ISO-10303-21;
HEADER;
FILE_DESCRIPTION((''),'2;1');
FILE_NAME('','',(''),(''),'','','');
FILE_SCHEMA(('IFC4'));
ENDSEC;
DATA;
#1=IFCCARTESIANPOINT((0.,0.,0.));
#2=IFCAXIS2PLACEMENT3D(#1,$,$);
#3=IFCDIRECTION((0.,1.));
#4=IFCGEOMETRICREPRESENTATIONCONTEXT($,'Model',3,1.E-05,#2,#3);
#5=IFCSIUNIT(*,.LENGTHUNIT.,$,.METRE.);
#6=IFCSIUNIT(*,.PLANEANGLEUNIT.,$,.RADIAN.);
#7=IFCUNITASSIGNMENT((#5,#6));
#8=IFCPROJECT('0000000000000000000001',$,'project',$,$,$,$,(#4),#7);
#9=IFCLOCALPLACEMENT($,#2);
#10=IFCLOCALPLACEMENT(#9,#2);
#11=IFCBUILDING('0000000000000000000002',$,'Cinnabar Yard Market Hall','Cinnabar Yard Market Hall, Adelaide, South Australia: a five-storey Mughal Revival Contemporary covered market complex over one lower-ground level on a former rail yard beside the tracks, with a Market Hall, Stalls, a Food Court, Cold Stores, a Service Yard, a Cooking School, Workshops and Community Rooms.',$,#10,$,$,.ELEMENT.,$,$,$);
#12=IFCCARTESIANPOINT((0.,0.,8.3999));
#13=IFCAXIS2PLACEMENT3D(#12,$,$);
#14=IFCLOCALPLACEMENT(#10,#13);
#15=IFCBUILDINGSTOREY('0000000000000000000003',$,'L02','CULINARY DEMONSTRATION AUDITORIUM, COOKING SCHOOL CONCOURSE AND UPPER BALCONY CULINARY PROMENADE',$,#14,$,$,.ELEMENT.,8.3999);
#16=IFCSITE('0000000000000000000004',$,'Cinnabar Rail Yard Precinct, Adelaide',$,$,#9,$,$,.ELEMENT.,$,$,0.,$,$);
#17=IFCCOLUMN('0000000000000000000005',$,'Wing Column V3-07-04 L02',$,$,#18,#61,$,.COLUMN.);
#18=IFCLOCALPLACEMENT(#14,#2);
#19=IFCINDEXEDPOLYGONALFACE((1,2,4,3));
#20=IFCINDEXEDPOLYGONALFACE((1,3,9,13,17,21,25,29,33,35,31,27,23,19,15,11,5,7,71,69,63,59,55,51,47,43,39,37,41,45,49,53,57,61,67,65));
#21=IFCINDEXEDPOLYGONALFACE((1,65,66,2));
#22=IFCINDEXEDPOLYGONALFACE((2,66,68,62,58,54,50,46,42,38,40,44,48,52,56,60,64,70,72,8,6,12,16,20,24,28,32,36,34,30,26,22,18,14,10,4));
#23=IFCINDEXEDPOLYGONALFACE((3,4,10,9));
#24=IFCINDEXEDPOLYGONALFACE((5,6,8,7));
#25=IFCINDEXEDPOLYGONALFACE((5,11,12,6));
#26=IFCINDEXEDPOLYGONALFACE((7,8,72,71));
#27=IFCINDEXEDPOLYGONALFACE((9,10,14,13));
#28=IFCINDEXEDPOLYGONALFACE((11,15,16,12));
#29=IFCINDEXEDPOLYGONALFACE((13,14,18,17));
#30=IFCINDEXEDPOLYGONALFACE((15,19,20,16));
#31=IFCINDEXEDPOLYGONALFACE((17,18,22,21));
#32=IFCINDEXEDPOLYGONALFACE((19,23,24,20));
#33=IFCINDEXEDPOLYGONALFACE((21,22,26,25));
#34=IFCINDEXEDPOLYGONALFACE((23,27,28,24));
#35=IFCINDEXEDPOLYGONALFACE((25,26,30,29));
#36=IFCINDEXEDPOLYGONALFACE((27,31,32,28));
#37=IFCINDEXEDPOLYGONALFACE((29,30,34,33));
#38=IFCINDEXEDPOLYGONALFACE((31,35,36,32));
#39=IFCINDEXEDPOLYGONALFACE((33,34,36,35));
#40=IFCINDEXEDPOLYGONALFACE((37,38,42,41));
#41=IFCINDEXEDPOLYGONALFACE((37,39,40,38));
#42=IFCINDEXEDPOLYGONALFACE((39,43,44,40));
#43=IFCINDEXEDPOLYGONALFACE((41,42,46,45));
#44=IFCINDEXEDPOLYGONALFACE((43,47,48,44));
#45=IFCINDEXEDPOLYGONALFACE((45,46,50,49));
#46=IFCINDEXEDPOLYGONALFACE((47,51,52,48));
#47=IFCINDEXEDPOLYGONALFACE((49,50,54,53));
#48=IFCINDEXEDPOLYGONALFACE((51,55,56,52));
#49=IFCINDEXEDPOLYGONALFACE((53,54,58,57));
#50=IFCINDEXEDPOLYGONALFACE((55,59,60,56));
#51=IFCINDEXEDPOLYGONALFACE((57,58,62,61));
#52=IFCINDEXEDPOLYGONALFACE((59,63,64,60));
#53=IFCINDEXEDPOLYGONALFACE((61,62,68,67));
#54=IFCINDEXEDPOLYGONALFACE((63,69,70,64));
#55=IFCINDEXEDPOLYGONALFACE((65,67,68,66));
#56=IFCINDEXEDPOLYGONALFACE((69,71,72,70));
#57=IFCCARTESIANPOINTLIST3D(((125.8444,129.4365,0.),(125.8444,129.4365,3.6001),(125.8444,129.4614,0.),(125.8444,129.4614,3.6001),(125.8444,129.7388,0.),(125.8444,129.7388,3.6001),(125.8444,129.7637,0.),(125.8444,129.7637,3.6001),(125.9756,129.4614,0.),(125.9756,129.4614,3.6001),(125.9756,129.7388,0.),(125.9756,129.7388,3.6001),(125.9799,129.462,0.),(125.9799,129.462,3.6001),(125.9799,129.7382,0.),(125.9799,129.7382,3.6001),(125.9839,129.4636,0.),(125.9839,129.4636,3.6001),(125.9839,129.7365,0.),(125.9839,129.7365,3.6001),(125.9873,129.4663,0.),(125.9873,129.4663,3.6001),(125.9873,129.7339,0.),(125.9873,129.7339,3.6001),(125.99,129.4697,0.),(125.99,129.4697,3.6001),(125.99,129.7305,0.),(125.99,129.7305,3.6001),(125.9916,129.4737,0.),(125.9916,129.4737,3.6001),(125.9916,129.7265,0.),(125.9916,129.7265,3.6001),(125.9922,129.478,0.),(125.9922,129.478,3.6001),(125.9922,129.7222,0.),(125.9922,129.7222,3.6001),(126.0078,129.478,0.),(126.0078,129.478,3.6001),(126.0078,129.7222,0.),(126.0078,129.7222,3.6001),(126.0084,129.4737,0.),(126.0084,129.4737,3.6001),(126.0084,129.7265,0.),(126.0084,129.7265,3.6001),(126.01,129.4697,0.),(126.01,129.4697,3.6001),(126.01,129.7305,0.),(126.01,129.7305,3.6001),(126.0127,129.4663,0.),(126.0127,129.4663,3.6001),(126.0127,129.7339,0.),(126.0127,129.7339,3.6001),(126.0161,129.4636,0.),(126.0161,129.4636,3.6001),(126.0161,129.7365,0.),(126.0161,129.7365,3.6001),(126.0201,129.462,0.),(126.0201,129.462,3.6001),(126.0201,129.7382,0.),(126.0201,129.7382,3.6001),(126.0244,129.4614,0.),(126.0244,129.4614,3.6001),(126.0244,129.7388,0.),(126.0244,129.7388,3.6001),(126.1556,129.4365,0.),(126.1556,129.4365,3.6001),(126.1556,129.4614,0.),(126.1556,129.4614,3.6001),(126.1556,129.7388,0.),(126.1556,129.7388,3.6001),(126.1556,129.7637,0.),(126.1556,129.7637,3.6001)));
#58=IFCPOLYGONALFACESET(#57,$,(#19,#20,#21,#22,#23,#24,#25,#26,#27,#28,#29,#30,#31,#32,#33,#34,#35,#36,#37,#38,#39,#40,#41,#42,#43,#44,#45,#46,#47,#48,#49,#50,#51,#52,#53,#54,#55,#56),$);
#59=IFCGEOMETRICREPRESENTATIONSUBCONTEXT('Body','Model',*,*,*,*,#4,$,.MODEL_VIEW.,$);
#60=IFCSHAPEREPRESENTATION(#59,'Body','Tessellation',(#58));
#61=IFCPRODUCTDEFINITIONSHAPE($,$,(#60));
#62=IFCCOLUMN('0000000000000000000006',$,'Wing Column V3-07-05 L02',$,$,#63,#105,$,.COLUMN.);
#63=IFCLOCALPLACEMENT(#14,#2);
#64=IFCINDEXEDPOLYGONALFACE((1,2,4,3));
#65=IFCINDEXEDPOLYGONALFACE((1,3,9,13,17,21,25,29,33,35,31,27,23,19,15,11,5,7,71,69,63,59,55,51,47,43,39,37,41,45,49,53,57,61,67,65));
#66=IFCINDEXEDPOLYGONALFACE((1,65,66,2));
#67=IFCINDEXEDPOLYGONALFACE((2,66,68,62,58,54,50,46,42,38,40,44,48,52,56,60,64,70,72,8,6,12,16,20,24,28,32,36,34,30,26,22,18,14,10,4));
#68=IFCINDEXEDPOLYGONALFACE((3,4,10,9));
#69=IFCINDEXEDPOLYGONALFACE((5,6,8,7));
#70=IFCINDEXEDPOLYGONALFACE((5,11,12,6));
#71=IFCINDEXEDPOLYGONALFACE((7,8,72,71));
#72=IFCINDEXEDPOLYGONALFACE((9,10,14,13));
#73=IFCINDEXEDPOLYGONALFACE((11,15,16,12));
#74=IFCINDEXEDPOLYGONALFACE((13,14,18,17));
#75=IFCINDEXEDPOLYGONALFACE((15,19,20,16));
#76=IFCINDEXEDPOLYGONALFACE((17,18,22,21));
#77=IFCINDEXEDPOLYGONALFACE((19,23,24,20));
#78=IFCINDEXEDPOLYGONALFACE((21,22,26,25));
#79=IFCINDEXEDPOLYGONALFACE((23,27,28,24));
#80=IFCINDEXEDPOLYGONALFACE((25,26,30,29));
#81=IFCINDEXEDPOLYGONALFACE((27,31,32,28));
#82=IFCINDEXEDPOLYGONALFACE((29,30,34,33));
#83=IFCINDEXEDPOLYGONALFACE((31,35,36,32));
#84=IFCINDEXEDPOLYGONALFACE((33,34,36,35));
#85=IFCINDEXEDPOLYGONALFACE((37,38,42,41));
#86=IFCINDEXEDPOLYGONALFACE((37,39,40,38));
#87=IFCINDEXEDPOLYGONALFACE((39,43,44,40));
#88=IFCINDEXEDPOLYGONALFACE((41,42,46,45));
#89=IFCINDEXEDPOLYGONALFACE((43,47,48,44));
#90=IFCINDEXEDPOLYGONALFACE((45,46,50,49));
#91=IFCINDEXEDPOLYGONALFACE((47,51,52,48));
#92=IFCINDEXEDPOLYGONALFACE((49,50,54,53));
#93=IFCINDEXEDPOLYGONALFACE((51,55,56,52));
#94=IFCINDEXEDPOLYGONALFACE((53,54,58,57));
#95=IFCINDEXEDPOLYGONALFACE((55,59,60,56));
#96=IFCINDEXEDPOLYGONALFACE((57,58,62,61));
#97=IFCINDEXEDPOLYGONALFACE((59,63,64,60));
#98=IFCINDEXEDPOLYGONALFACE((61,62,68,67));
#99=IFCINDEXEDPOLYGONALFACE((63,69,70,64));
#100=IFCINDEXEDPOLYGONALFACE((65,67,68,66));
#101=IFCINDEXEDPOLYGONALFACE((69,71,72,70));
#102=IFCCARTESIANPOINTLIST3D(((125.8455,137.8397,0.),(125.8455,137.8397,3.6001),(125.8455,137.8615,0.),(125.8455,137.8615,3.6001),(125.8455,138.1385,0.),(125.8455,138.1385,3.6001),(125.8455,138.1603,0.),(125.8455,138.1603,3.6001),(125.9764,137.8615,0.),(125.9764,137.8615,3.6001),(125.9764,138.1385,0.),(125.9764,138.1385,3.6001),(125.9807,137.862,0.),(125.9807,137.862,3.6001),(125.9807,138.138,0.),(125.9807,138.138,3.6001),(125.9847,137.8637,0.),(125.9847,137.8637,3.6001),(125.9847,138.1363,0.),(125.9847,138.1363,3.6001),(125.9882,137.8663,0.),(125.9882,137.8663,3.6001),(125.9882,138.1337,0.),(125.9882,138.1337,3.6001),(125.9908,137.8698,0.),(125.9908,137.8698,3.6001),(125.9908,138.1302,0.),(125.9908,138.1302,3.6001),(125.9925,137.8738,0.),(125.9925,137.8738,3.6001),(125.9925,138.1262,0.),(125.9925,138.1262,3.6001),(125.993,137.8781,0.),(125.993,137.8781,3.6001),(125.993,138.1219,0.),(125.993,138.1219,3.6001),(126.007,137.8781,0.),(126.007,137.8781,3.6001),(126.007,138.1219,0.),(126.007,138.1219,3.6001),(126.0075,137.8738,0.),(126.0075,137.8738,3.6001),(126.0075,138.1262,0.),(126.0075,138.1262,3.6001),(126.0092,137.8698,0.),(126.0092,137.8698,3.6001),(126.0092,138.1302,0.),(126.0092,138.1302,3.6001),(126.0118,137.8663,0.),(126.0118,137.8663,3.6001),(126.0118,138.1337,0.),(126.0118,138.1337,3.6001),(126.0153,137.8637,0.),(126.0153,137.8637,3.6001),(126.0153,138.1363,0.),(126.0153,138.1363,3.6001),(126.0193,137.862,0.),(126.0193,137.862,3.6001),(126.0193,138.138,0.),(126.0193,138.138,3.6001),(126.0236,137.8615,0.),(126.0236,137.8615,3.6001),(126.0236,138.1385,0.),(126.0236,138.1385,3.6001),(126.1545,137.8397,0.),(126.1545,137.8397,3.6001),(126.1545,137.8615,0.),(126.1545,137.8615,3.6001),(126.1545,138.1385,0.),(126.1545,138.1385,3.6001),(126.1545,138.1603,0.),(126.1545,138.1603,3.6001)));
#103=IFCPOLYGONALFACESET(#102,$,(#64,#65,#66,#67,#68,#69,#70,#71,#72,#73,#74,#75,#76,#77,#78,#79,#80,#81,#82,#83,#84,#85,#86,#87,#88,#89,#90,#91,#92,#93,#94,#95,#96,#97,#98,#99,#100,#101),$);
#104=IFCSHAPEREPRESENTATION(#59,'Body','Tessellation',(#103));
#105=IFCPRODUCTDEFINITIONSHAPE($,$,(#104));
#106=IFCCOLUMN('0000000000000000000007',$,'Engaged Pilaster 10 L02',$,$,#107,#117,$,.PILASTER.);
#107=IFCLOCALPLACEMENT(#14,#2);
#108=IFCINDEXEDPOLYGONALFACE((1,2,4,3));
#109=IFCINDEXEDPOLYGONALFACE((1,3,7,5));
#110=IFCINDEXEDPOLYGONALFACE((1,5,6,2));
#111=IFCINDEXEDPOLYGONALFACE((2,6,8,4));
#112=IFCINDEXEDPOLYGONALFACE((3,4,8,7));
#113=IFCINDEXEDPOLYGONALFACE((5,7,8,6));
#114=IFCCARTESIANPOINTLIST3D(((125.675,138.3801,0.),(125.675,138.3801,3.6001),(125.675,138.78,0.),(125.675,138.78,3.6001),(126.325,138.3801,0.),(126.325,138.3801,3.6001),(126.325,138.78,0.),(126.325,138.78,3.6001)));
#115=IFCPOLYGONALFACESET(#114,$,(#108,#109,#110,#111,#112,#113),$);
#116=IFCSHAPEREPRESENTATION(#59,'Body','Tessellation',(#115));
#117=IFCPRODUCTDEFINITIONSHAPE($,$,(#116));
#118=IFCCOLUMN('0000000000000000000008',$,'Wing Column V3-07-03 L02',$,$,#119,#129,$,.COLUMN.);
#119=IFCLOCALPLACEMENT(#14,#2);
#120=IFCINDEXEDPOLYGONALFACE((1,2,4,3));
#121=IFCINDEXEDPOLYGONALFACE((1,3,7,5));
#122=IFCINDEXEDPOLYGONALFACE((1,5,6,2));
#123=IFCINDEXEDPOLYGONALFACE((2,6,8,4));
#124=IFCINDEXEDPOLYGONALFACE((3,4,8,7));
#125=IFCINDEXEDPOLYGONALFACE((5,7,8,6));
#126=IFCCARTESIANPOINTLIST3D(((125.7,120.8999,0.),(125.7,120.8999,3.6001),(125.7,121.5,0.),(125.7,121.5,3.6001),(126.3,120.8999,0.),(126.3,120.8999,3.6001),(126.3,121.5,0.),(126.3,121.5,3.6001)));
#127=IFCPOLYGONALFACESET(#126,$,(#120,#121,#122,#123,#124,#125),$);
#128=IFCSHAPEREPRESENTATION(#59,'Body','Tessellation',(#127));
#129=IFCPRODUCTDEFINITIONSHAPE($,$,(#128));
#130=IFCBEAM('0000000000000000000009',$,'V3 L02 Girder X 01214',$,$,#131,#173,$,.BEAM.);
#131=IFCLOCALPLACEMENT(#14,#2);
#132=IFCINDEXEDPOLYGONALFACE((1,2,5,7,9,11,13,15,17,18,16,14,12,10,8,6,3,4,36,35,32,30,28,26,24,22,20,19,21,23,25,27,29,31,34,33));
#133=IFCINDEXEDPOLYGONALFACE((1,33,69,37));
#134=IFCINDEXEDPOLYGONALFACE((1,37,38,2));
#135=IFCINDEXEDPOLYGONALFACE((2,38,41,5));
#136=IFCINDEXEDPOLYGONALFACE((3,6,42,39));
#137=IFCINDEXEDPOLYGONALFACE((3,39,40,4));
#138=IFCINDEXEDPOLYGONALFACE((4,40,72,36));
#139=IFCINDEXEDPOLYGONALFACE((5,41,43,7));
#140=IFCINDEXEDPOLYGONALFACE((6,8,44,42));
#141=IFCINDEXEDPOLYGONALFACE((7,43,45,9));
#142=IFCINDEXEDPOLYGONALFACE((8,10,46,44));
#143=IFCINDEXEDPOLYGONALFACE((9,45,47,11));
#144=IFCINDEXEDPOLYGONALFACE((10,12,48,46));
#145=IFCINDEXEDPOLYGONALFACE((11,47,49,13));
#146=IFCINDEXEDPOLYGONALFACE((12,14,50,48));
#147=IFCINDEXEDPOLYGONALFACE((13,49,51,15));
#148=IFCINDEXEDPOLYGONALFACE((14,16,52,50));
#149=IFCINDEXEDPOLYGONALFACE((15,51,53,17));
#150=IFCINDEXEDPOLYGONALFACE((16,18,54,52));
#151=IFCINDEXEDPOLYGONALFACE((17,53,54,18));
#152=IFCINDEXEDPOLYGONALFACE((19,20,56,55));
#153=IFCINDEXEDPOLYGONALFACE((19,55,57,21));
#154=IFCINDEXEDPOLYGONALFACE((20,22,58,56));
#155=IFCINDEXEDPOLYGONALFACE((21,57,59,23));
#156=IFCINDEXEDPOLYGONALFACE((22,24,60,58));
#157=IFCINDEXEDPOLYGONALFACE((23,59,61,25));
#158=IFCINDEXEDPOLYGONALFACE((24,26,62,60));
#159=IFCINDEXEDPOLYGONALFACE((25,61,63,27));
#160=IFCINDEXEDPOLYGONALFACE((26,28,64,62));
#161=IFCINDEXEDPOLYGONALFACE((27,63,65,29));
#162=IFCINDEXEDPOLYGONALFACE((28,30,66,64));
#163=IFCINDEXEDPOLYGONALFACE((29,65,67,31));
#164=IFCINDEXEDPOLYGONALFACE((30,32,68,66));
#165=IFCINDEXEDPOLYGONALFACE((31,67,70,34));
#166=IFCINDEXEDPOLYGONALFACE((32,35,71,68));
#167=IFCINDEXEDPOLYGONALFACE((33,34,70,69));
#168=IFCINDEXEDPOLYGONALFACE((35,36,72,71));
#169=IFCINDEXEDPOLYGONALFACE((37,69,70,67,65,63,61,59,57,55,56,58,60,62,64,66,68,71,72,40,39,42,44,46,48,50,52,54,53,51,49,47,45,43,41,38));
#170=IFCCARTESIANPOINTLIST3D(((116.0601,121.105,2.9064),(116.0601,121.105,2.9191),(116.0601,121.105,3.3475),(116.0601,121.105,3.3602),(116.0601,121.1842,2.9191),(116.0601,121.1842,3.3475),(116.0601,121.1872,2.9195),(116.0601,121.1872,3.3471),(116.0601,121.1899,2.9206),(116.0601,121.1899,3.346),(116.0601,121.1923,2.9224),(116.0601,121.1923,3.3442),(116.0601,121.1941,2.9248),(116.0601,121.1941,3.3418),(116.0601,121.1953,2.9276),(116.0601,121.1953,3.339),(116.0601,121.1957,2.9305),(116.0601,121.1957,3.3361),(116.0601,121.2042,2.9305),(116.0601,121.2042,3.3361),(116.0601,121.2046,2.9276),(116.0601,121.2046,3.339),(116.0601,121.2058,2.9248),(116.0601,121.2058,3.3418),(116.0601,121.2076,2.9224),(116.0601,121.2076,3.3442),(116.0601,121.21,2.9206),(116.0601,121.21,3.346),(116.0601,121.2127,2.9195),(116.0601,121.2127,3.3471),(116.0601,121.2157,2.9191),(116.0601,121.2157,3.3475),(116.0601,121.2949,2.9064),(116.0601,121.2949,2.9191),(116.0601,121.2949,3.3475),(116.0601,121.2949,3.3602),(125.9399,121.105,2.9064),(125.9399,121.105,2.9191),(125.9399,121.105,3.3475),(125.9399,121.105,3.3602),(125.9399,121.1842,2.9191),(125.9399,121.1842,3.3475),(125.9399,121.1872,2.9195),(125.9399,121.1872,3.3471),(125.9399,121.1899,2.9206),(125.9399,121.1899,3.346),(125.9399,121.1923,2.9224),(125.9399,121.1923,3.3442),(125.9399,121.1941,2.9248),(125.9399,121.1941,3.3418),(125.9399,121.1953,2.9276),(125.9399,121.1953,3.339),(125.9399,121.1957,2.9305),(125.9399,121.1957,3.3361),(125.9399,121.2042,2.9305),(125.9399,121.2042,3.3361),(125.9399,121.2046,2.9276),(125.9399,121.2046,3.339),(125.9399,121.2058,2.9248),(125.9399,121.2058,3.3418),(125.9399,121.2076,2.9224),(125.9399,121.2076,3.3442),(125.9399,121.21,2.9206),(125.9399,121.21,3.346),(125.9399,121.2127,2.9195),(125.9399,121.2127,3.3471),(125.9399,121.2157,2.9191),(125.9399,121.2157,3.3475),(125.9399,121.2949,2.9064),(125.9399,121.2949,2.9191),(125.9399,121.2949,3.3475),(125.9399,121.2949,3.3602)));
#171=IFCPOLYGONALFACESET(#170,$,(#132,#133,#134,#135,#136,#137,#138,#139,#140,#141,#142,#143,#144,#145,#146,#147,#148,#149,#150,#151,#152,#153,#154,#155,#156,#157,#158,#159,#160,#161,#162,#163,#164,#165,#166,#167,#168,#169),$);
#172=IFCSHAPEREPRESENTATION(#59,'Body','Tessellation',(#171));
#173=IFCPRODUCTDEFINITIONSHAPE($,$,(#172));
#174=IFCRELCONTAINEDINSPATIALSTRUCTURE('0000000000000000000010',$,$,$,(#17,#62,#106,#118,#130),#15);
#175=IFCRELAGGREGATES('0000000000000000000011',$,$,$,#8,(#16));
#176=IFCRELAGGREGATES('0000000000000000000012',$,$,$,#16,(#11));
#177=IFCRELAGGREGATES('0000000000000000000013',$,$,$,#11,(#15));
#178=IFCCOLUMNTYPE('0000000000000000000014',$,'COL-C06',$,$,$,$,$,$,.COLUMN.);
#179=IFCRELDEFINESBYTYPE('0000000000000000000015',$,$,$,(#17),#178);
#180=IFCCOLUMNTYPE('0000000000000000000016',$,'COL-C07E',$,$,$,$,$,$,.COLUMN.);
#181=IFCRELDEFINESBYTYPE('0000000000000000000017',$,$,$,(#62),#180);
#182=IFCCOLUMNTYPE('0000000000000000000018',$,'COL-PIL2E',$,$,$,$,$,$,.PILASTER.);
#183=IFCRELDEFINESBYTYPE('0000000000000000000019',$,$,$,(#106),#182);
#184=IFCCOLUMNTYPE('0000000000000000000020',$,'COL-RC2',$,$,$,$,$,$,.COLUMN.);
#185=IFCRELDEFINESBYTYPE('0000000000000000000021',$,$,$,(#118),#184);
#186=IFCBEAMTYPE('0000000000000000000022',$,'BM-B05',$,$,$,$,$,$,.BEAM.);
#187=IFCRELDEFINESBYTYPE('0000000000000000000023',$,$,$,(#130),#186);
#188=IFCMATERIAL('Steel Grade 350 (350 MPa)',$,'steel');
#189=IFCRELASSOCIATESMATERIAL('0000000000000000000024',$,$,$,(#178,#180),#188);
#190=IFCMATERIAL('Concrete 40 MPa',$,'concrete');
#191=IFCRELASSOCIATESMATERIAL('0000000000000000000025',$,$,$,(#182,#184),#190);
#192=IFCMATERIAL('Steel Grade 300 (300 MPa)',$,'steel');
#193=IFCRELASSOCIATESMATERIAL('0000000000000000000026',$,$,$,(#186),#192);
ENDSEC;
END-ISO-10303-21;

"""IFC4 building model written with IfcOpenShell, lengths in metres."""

from ifc_helpers import new_model, si_unit, direction, frame, origin, origin_2d_with_axis, place, context, subcontext, project, spatial, rectangle, i_section, extrude, material, material_profile, profile_set, type_object, element, save


model = new_model("IFC4")

# Units and contexts
model_context = context("Model", 3, precision=1e-05, world=origin(), true_north=direction((0.0, 1.0)))
body_context = subcontext(model_context, "Body", "Model", "MODEL_VIEW")
ifc_project = project(units=[si_unit("LENGTHUNIT", "METRE"), si_unit("PLANEANGLEUNIT", "RADIAN")], contexts=[model_context])

# Site, building, storey
site_placement = place(None, origin())
site = spatial("IfcSite", under=ifc_project, at=site_placement, Name="Cinnabar Rail Yard Precinct, Adelaide", CompositionType="ELEMENT", RefElevation=0.0)
building_placement = place(site_placement, origin())
building = spatial("IfcBuilding", under=site, at=building_placement, Name="Cinnabar Yard Market Hall", Description="Cinnabar Yard Market Hall, Adelaide, South Australia: a five-storey Mughal Revival Contemporary covered market complex over one lower-ground level on a former rail yard beside the tracks, with a Market Hall, Stalls, a Food Court, Cold Stores, a Service Yard, a Cooking School, Workshops and Community Rooms.", CompositionType="ELEMENT")
storey_placement = place(building_placement, frame((0.0, 0.0, 8.3999)))
storey = spatial("IfcBuildingStorey", under=building, at=storey_placement, Name="L02", Description="CULINARY DEMONSTRATION AUDITORIUM, COOKING SCHOOL CONCOURSE AND UPPER BALCONY CULINARY PROMENADE", CompositionType="ELEMENT", Elevation=8.3999)

# Columns
ifc_material_1 = material(Name="Steel Grade 350 (350 MPa)", Category="steel")
ifc_material_profile_1 = material_profile(ifc_material_1, i_section(OverallWidth=0.3113, OverallDepth=0.3271, WebThickness=0.0156, FlangeThickness=0.0249, FilletRadius=0.0166, at=origin_2d_with_axis()), Name="310UC158")
ifc_profile_set_1 = profile_set([ifc_material_profile_1], Name="Steel Grade 350 (350 MPa)")
column_type_1 = type_object("IfcColumnType", Name="COL-C06", PredefinedType="COLUMN", material=ifc_profile_set_1)
column_1_placement = place(storey_placement, frame((126.0, 129.6001, 0.0), z_axis=(0.0, 0.0, 1.0), x_axis=(1.0, 0.0, 0.0)))
element("IfcColumn", 1, at=column_1_placement, inside=storey, type_object=column_type_1, Name="Wing Column V3-07-04 L02", PredefinedType="COLUMN", context=body_context, shape_type="SweptSolid", body=[
    extrude(i_section(OverallWidth=0.3113, OverallDepth=0.3271, WebThickness=0.0156, FlangeThickness=0.0249, FilletRadius=0.0166, at=origin_2d_with_axis()), origin(), (0.0, 0.0, 1.0), 3.6001),
])
ifc_material_profile_2 = material_profile(ifc_material_1, i_section(OverallWidth=0.3091, OverallDepth=0.3206, WebThickness=0.0139, FlangeThickness=0.0217, FilletRadius=0.0166, at=origin_2d_with_axis()), Name="310UC137")
ifc_profile_set_2 = profile_set([ifc_material_profile_2], Name="Steel Grade 350 (350 MPa)")
column_type_2 = type_object("IfcColumnType", Name="COL-C07E", PredefinedType="COLUMN", material=ifc_profile_set_2)
column_2_placement = place(storey_placement, frame((126.0, 138.0, 0.0), z_axis=(0.0, 0.0, 1.0), x_axis=(1.0, 0.0, 0.0)))
element("IfcColumn", 2, at=column_2_placement, inside=storey, type_object=column_type_2, Name="Wing Column V3-07-05 L02", PredefinedType="COLUMN", context=body_context, shape_type="SweptSolid", body=[
    extrude(i_section(OverallWidth=0.3091, OverallDepth=0.3206, WebThickness=0.0139, FlangeThickness=0.0217, FilletRadius=0.0166, at=origin_2d_with_axis()), origin(), (0.0, 0.0, 1.0), 3.6001),
])
ifc_material_2 = material(Name="Concrete 40 MPa", Category="concrete")
ifc_material_profile_3 = material_profile(ifc_material_2, rectangle(XDim=0.6499, YDim=0.3999, at=origin_2d_with_axis()), Name="RC-650x400")
ifc_profile_set_3 = profile_set([ifc_material_profile_3], Name="Concrete 40 MPa")
column_type_3 = type_object("IfcColumnType", Name="COL-PIL2E", PredefinedType="PILASTER", material=ifc_profile_set_3)
column_3_placement = place(storey_placement, frame((126.0, 138.5801, 0.0), z_axis=(0.0, 0.0, 1.0), x_axis=(1.0, 0.0, 0.0)))
element("IfcColumn", 3, at=column_3_placement, inside=storey, type_object=column_type_3, Name="Engaged Pilaster 10 L02", PredefinedType="PILASTER", context=body_context, shape_type="SweptSolid", body=[
    extrude(rectangle(XDim=0.6499, YDim=0.3999, at=origin_2d_with_axis()), origin(), (0.0, 0.0, 1.0), 3.6001),
])
ifc_material_profile_4 = material_profile(ifc_material_2, rectangle(XDim=0.6001, YDim=0.6001, at=origin_2d_with_axis()), Name="RC-600x600")
ifc_profile_set_4 = profile_set([ifc_material_profile_4], Name="Concrete 40 MPa")
column_type_4 = type_object("IfcColumnType", Name="COL-RC2", PredefinedType="COLUMN", material=ifc_profile_set_4)
column_4_placement = place(storey_placement, frame((126.0, 121.2, 0.0), z_axis=(0.0, 0.0, 1.0), x_axis=(1.0, 0.0, 0.0)))
element("IfcColumn", 4, at=column_4_placement, inside=storey, type_object=column_type_4, Name="Wing Column V3-07-03 L02", PredefinedType="COLUMN", context=body_context, shape_type="SweptSolid", body=[
    extrude(rectangle(XDim=0.6001, YDim=0.6001, at=origin_2d_with_axis()), origin(), (0.0, 0.0, 1.0), 3.6001),
])

# Beam
ifc_material_3 = material(Name="Steel Grade 300 (300 MPa)", Category="steel")
ifc_material_profile_5 = material_profile(ifc_material_3, i_section(OverallWidth=0.1899, OverallDepth=0.4539, WebThickness=0.0085, FlangeThickness=0.0127, FilletRadius=0.0115, at=origin_2d_with_axis()), Name="460UB67.1")
ifc_profile_set_5 = profile_set([ifc_material_profile_5], Name="Steel Grade 300 (300 MPa)")
beam_type_1 = type_object("IfcBeamType", Name="BM-B05", PredefinedType="BEAM", material=ifc_profile_set_5)
for number, where, z_axis, x_axis, name in (
    (5, (116.0601, 121.2, 3.1333), (1.0, 0.0, 0.0), (0.0, 1.0, 0.0), "V3 L02 Girder X 01214"),
):
    element("IfcBeam", number, at=place(storey_placement, frame(where, z_axis=z_axis, x_axis=x_axis)), inside=storey, type_object=beam_type_1, Name=name, PredefinedType="BEAM", context=body_context, shape_type="SweptSolid", body=[
        extrude(i_section(OverallWidth=0.1899, OverallDepth=0.4539, WebThickness=0.0085, FlangeThickness=0.0127, FilletRadius=0.0115, at=origin_2d_with_axis()), origin(), (0.0, 0.0, 1.0), 9.8799),
    ])

save(model, "model.ifc")
